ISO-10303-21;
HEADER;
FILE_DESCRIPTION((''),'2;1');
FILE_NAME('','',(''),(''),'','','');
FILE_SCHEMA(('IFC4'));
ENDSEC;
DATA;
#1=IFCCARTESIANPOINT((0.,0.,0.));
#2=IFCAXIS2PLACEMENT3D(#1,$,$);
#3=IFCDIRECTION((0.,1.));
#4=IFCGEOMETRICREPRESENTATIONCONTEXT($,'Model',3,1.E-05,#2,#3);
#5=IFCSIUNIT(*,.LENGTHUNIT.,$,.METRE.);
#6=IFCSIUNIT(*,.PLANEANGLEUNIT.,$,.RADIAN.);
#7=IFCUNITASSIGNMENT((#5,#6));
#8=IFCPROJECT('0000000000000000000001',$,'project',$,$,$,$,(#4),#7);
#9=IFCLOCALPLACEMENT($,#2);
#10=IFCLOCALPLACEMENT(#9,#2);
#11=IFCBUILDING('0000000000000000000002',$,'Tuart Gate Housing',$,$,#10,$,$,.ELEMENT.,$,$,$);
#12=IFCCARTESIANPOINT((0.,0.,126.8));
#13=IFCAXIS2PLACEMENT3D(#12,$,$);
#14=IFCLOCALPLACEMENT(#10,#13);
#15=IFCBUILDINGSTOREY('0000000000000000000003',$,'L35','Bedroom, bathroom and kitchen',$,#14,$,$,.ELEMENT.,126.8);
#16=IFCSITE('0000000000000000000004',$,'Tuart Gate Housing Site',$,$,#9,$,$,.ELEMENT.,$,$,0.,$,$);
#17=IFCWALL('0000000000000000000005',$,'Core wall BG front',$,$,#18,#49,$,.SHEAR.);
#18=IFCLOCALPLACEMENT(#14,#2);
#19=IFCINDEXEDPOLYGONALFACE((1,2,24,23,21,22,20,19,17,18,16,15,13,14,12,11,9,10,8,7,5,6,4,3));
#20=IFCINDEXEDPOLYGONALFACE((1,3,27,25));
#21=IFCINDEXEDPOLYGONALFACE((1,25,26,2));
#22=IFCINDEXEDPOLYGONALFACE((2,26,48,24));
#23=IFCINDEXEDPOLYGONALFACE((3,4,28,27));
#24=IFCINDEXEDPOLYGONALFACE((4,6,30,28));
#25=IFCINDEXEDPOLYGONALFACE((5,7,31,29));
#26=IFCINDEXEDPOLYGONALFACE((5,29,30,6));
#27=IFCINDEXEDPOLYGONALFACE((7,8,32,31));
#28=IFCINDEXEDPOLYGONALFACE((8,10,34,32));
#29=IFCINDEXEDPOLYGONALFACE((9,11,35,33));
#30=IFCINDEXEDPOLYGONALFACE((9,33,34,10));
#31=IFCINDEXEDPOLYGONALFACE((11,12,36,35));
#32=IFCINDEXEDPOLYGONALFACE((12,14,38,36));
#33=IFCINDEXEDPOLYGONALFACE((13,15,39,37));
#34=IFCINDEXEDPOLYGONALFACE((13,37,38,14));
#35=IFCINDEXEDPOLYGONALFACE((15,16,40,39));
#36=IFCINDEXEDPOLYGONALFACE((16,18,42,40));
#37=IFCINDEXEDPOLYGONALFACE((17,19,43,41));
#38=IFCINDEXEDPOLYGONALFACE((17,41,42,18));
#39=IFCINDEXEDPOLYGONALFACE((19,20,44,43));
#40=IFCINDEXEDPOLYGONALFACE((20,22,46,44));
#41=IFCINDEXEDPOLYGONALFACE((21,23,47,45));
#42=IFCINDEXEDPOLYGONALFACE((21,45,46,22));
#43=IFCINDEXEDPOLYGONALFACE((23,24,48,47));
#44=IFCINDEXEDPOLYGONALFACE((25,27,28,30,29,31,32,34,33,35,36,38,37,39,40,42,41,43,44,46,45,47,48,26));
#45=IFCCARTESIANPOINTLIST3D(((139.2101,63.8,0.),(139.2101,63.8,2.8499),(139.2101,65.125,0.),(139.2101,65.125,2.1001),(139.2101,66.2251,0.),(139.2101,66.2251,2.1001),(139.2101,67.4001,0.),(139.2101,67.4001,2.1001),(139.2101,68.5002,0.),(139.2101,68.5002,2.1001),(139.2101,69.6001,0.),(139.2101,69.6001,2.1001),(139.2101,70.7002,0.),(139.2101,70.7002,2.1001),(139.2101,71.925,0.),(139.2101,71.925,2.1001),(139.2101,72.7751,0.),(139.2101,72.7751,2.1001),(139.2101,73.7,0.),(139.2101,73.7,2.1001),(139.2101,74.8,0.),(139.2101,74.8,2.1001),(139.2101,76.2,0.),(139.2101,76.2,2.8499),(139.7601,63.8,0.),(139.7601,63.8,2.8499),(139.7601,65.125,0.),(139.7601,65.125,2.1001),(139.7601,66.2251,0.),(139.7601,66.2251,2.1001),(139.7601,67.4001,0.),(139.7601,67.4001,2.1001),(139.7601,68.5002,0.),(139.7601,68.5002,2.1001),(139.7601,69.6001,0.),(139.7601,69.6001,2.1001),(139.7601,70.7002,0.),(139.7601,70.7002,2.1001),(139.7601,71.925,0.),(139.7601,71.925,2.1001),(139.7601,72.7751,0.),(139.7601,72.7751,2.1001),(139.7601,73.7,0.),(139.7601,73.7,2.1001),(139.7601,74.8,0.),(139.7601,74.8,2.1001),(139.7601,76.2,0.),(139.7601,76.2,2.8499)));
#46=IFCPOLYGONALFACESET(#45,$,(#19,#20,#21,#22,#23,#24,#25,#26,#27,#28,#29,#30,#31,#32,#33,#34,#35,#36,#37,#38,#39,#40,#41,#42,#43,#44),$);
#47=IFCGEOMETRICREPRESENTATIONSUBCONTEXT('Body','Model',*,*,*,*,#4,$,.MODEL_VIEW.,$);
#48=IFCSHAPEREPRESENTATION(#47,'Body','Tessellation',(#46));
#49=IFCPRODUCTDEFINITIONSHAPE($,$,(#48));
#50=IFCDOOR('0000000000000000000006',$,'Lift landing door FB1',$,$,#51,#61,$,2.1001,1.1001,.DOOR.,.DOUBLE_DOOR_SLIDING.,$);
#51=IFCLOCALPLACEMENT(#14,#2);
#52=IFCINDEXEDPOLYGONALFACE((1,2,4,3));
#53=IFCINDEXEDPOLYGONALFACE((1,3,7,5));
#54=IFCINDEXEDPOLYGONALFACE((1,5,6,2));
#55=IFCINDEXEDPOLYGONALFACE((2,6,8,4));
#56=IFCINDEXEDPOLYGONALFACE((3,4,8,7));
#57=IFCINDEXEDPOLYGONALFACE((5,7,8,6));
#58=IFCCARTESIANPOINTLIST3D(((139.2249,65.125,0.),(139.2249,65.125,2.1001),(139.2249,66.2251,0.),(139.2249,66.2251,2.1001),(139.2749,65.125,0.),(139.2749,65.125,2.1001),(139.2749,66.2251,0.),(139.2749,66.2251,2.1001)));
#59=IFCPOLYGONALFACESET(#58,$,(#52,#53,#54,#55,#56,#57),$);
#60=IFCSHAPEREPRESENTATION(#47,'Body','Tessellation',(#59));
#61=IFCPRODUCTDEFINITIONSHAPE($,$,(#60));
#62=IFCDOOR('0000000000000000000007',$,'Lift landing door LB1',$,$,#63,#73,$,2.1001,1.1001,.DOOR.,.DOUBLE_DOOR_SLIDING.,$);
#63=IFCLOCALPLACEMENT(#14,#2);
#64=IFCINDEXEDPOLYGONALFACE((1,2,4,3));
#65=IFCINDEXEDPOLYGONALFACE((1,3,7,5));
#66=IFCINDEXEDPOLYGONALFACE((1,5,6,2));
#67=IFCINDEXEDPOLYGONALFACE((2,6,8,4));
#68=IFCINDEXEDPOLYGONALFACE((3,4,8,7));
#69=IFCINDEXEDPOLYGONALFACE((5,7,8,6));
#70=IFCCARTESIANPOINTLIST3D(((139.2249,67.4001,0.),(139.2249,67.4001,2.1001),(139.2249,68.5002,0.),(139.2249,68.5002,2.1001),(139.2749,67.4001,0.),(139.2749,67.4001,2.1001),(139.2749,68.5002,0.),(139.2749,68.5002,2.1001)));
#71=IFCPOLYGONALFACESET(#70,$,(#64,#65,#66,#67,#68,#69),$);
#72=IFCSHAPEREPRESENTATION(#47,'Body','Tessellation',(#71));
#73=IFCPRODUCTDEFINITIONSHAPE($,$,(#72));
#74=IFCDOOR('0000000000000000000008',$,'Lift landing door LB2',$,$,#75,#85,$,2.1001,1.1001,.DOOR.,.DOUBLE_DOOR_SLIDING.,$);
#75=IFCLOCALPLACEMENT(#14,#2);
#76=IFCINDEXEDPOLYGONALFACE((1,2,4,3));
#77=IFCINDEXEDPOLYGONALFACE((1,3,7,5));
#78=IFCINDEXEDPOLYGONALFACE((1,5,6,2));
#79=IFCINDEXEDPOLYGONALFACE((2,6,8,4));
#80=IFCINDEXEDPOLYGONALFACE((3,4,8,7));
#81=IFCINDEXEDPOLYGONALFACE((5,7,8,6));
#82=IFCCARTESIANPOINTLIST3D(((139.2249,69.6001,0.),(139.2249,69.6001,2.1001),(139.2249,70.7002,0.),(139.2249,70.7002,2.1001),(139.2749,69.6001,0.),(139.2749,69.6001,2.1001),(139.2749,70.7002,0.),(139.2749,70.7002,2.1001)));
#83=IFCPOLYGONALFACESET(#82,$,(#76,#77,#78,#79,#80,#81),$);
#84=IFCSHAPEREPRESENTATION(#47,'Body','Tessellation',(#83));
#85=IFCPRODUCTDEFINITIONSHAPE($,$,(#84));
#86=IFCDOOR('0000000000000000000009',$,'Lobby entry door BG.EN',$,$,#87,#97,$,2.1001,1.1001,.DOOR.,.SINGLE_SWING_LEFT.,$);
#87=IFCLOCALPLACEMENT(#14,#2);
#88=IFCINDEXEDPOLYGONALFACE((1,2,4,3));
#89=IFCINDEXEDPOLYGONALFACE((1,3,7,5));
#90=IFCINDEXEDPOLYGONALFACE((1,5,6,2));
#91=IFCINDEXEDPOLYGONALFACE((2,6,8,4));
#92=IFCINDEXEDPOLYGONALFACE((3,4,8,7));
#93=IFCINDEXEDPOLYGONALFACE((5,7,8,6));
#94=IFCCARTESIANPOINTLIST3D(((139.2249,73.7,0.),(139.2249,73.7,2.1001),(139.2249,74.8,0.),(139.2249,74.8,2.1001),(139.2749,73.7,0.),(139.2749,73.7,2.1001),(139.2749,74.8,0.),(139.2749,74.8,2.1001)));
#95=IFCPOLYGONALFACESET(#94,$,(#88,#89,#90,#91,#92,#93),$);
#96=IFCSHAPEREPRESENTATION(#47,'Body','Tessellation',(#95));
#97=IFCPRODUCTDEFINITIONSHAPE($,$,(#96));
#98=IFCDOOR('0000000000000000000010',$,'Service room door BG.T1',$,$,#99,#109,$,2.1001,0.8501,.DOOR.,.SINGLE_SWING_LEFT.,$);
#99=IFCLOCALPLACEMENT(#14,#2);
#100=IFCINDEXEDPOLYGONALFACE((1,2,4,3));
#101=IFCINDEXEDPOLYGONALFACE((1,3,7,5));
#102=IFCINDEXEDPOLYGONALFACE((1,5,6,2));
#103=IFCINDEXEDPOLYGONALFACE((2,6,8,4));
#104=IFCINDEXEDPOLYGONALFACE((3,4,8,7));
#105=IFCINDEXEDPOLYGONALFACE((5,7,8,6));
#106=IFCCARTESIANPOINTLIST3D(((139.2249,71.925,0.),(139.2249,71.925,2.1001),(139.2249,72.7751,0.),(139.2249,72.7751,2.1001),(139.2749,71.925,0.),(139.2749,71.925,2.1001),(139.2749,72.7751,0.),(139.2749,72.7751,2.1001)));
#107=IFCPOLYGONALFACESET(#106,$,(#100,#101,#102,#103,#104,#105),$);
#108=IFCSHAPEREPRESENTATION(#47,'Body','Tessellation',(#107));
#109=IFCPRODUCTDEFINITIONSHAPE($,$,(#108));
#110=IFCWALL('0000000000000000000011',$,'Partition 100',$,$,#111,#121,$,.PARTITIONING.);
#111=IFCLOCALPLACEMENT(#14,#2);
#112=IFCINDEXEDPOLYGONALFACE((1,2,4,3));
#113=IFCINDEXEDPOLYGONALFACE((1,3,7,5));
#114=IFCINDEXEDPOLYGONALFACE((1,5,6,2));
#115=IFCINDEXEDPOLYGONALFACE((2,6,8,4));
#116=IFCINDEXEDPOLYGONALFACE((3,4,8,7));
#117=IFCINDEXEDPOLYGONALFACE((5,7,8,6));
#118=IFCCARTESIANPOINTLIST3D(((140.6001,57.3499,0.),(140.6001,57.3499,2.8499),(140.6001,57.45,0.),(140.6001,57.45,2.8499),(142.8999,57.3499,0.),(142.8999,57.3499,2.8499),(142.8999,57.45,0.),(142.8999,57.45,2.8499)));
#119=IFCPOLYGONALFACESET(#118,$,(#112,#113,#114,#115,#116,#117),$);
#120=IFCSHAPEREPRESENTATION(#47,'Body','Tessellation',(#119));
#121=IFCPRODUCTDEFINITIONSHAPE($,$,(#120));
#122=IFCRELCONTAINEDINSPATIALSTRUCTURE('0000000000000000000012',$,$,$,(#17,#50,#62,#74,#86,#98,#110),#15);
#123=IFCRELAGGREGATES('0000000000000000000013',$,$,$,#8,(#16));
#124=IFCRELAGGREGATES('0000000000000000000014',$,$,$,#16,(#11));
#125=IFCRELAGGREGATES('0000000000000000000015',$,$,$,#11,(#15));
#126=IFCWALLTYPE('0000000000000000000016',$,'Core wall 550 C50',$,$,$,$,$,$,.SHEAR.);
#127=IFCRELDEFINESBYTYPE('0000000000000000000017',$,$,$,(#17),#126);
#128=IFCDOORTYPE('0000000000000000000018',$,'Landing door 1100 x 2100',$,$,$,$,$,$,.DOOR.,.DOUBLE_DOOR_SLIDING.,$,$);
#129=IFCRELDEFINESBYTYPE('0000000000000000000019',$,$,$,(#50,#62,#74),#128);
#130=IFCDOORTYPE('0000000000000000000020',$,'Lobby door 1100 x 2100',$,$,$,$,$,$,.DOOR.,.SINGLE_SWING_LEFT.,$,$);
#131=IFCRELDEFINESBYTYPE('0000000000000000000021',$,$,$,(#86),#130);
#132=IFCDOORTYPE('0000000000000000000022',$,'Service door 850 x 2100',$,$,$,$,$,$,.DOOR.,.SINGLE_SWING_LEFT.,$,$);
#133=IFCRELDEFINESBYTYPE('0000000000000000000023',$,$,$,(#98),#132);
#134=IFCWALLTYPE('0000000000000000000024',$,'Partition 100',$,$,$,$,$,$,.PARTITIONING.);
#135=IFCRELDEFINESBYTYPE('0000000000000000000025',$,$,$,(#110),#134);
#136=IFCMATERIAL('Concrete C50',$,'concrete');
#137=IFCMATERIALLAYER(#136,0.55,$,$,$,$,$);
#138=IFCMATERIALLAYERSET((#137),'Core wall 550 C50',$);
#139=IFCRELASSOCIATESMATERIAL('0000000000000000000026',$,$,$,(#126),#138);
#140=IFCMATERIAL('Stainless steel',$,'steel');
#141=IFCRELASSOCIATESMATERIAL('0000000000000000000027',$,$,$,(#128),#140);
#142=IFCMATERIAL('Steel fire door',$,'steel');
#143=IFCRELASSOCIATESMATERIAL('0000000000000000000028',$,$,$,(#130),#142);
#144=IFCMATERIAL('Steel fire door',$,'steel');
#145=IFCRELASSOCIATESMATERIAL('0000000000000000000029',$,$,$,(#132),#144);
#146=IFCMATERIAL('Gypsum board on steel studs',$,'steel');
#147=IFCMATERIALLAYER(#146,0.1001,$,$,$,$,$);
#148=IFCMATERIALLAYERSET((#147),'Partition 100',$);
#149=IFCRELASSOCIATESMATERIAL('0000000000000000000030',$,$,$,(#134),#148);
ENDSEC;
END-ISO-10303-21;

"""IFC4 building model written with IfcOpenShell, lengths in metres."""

from ifc_helpers import new_model, si_unit, direction, frame, frame_2d, origin, place, context, subcontext, project, spatial, rectangle, extrude, material, layer, layer_set, type_object, element, fill, save


model = new_model("IFC4")

# Units and contexts
model_context = context("Model", 3, precision=1e-05, world=origin(), true_north=direction((0.0, 1.0)))
body_context = subcontext(model_context, "Body", "Model", "MODEL_VIEW")
ifc_project = project(units=[si_unit("LENGTHUNIT", "METRE"), si_unit("PLANEANGLEUNIT", "RADIAN")], contexts=[model_context])

# Site, building, storey
site_placement = place(None, origin())
site = spatial("IfcSite", under=ifc_project, at=site_placement, Name="Tuart Gate Housing Site", CompositionType="ELEMENT", RefElevation=0.0)
building_placement = place(site_placement, origin())
building = spatial("IfcBuilding", under=site, at=building_placement, Name="Tuart Gate Housing", CompositionType="ELEMENT")
storey_placement = place(building_placement, frame((0.0, 0.0, 126.8)))
storey = spatial("IfcBuildingStorey", under=building, at=storey_placement, Name="L35", Description="Bedroom, bathroom and kitchen", CompositionType="ELEMENT", Elevation=126.8)

# Wall, openings, doors
ifc_material_1 = material(Name="Concrete C50", Category="concrete")
ifc_layer_1 = layer(ifc_material_1, 0.55)
ifc_layer_set_1 = layer_set([ifc_layer_1], Name="Core wall 550 C50")
wall_type_1 = type_object("IfcWallType", Name="Core wall 550 C50", PredefinedType="SHEAR", material=ifc_layer_set_1)
wall_1_placement = place(storey_placement, frame((139.4851, 63.8, 0.0), z_axis=(0.0, 0.0, 1.0), x_axis=(0.0, 1.0, 0.0)))
wall_1 = element("IfcWall", 1, at=wall_1_placement, inside=storey, type_object=wall_type_1, Name="Core wall BG front", PredefinedType="SHEAR", context=body_context, shape_type="SweptSolid", body=[
    extrude(rectangle(XDim=12.3999, YDim=0.55, at=frame_2d((6.2, 0.0))), origin(), (0.0, 0.0, 1.0), 2.8499),
])
opening_1_placement = place(wall_1_placement, frame((1.325, 0.0, 0.0)))
opening_1 = element("IfcOpeningElement", 2, at=opening_1_placement, cuts=wall_1, PredefinedType="OPENING", context=body_context, shape_type="SweptSolid", body=[
    extrude(rectangle(XDim=1.1001, YDim=2.1001, at=frame_2d((0.55, 1.05))), frame((0.0, 0.2849, 0.0), z_axis=(0.0, -1.0, 0.0), x_axis=(1.0, 0.0, 0.0)), (0.0, 0.0, 1.0), 0.5701),
])
opening_2_placement = place(wall_1_placement, frame((3.6001, 0.0, 0.0)))
opening_2 = element("IfcOpeningElement", 3, at=opening_2_placement, cuts=wall_1, PredefinedType="OPENING", context=body_context, shape_type="SweptSolid", body=[
    extrude(rectangle(XDim=1.1001, YDim=2.1001, at=frame_2d((0.55, 1.05))), frame((0.0, 0.2849, 0.0), z_axis=(0.0, -1.0, 0.0), x_axis=(1.0, 0.0, 0.0)), (0.0, 0.0, 1.0), 0.5701),
])
opening_3_placement = place(wall_1_placement, frame((5.8, 0.0, 0.0)))
opening_3 = element("IfcOpeningElement", 4, at=opening_3_placement, cuts=wall_1, PredefinedType="OPENING", context=body_context, shape_type="SweptSolid", body=[
    extrude(rectangle(XDim=1.1001, YDim=2.1001, at=frame_2d((0.55, 1.05))), frame((0.0, 0.2849, 0.0), z_axis=(0.0, -1.0, 0.0), x_axis=(1.0, 0.0, 0.0)), (0.0, 0.0, 1.0), 0.5701),
])
opening_4_placement = place(wall_1_placement, frame((9.8999, 0.0, 0.0)))
opening_4 = element("IfcOpeningElement", 5, at=opening_4_placement, cuts=wall_1, PredefinedType="OPENING", context=body_context, shape_type="SweptSolid", body=[
    extrude(rectangle(XDim=1.1001, YDim=2.1001, at=frame_2d((0.55, 1.05))), frame((0.0, 0.2849, 0.0), z_axis=(0.0, -1.0, 0.0), x_axis=(1.0, 0.0, 0.0)), (0.0, 0.0, 1.0), 0.5701),
])
opening_5_placement = place(wall_1_placement, frame((8.125, 0.0, 0.0)))
opening_5 = element("IfcOpeningElement", 6, at=opening_5_placement, cuts=wall_1, PredefinedType="OPENING", context=body_context, shape_type="SweptSolid", body=[
    extrude(rectangle(XDim=0.8501, YDim=2.1001, at=frame_2d((0.425, 1.05))), frame((0.0, 0.2849, 0.0), z_axis=(0.0, -1.0, 0.0), x_axis=(1.0, 0.0, 0.0)), (0.0, 0.0, 1.0), 0.5701),
])
ifc_material_2 = material(Name="Stainless steel", Category="steel")
door_type_1 = type_object("IfcDoorType", Name="Landing door 1100 x 2100", OperationType="DOUBLE_DOOR_SLIDING", PredefinedType="DOOR", material=ifc_material_2)
door_1_placement = place(opening_1_placement, origin())
door_1 = element("IfcDoor", 7, at=door_1_placement, inside=storey, type_object=door_type_1, Name="Lift landing door FB1", OperationType="DOUBLE_DOOR_SLIDING", OverallHeight=2.1001, OverallWidth=1.1001, PredefinedType="DOOR", context=body_context, shape_type="SweptSolid", body=[
    extrude(rectangle(XDim=1.1001, YDim=2.1001, at=frame_2d((0.55, 1.05))), frame((0.0, 0.2603, 0.0), z_axis=(0.0, -1.0, 0.0), x_axis=(1.0, 0.0, 0.0)), (0.0, 0.0, 1.0), 0.05),
])
fill(opening_1, door_1)
door_2_placement = place(opening_2_placement, origin())
door_2 = element("IfcDoor", 8, at=door_2_placement, inside=storey, type_object=door_type_1, Name="Lift landing door LB1", OperationType="DOUBLE_DOOR_SLIDING", OverallHeight=2.1001, OverallWidth=1.1001, PredefinedType="DOOR", context=body_context, shape_type="SweptSolid", body=[
    extrude(rectangle(XDim=1.1001, YDim=2.1001, at=frame_2d((0.55, 1.05))), frame((0.0, 0.2603, 0.0), z_axis=(0.0, -1.0, 0.0), x_axis=(1.0, 0.0, 0.0)), (0.0, 0.0, 1.0), 0.05),
])
fill(opening_2, door_2)
door_3_placement = place(opening_3_placement, origin())
door_3 = element("IfcDoor", 9, at=door_3_placement, inside=storey, type_object=door_type_1, Name="Lift landing door LB2", OperationType="DOUBLE_DOOR_SLIDING", OverallHeight=2.1001, OverallWidth=1.1001, PredefinedType="DOOR", context=body_context, shape_type="SweptSolid", body=[
    extrude(rectangle(XDim=1.1001, YDim=2.1001, at=frame_2d((0.55, 1.05))), frame((0.0, 0.2603, 0.0), z_axis=(0.0, -1.0, 0.0), x_axis=(1.0, 0.0, 0.0)), (0.0, 0.0, 1.0), 0.05),
])
fill(opening_3, door_3)
ifc_material_3 = material(Name="Steel fire door", Category="steel")
door_type_2 = type_object("IfcDoorType", Name="Lobby door 1100 x 2100", OperationType="SINGLE_SWING_LEFT", PredefinedType="DOOR", material=ifc_material_3)
door_4_placement = place(opening_4_placement, origin())
door_4 = element("IfcDoor", 10, at=door_4_placement, inside=storey, type_object=door_type_2, Name="Lobby entry door BG.EN", OperationType="SINGLE_SWING_LEFT", OverallHeight=2.1001, OverallWidth=1.1001, PredefinedType="DOOR", context=body_context, shape_type="SweptSolid", body=[
    extrude(rectangle(XDim=1.1001, YDim=2.1001, at=frame_2d((0.55, 1.05))), frame((0.0, 0.2603, 0.0), z_axis=(0.0, -1.0, 0.0), x_axis=(1.0, 0.0, 0.0)), (0.0, 0.0, 1.0), 0.05),
])
fill(opening_4, door_4)
ifc_material_4 = material(Name="Steel fire door", Category="steel")
door_type_3 = type_object("IfcDoorType", Name="Service door 850 x 2100", OperationType="SINGLE_SWING_LEFT", PredefinedType="DOOR", material=ifc_material_4)
door_5_placement = place(opening_5_placement, origin())
door_5 = element("IfcDoor", 11, at=door_5_placement, inside=storey, type_object=door_type_3, Name="Service room door BG.T1", OperationType="SINGLE_SWING_LEFT", OverallHeight=2.1001, OverallWidth=0.8501, PredefinedType="DOOR", context=body_context, shape_type="SweptSolid", body=[
    extrude(rectangle(XDim=0.8501, YDim=2.1001, at=frame_2d((0.425, 1.05))), frame((0.0, 0.2603, 0.0), z_axis=(0.0, -1.0, 0.0), x_axis=(1.0, 0.0, 0.0)), (0.0, 0.0, 1.0), 0.05),
])
fill(opening_5, door_5)

# Wall
ifc_material_5 = material(Name="Gypsum board on steel studs", Category="steel")
ifc_layer_2 = layer(ifc_material_5, 0.1001)
ifc_layer_set_2 = layer_set([ifc_layer_2], Name="Partition 100")
wall_type_2 = type_object("IfcWallType", Name="Partition 100", PredefinedType="PARTITIONING", material=ifc_layer_set_2)
wall_2_placement = place(storey_placement, frame((140.6001, 57.3999, 0.0), z_axis=(0.0, 0.0, 1.0), x_axis=(1.0, 0.0, 0.0)))
element("IfcWall", 12, at=wall_2_placement, inside=storey, type_object=wall_type_2, Name="Partition 100", PredefinedType="PARTITIONING", context=body_context, shape_type="SweptSolid", body=[
    extrude(rectangle(XDim=2.2998, YDim=0.1001, at=frame_2d((1.1499, 0.0))), origin(), (0.0, 0.0, 1.0), 2.8499),
])

save(model, "model.ifc")
